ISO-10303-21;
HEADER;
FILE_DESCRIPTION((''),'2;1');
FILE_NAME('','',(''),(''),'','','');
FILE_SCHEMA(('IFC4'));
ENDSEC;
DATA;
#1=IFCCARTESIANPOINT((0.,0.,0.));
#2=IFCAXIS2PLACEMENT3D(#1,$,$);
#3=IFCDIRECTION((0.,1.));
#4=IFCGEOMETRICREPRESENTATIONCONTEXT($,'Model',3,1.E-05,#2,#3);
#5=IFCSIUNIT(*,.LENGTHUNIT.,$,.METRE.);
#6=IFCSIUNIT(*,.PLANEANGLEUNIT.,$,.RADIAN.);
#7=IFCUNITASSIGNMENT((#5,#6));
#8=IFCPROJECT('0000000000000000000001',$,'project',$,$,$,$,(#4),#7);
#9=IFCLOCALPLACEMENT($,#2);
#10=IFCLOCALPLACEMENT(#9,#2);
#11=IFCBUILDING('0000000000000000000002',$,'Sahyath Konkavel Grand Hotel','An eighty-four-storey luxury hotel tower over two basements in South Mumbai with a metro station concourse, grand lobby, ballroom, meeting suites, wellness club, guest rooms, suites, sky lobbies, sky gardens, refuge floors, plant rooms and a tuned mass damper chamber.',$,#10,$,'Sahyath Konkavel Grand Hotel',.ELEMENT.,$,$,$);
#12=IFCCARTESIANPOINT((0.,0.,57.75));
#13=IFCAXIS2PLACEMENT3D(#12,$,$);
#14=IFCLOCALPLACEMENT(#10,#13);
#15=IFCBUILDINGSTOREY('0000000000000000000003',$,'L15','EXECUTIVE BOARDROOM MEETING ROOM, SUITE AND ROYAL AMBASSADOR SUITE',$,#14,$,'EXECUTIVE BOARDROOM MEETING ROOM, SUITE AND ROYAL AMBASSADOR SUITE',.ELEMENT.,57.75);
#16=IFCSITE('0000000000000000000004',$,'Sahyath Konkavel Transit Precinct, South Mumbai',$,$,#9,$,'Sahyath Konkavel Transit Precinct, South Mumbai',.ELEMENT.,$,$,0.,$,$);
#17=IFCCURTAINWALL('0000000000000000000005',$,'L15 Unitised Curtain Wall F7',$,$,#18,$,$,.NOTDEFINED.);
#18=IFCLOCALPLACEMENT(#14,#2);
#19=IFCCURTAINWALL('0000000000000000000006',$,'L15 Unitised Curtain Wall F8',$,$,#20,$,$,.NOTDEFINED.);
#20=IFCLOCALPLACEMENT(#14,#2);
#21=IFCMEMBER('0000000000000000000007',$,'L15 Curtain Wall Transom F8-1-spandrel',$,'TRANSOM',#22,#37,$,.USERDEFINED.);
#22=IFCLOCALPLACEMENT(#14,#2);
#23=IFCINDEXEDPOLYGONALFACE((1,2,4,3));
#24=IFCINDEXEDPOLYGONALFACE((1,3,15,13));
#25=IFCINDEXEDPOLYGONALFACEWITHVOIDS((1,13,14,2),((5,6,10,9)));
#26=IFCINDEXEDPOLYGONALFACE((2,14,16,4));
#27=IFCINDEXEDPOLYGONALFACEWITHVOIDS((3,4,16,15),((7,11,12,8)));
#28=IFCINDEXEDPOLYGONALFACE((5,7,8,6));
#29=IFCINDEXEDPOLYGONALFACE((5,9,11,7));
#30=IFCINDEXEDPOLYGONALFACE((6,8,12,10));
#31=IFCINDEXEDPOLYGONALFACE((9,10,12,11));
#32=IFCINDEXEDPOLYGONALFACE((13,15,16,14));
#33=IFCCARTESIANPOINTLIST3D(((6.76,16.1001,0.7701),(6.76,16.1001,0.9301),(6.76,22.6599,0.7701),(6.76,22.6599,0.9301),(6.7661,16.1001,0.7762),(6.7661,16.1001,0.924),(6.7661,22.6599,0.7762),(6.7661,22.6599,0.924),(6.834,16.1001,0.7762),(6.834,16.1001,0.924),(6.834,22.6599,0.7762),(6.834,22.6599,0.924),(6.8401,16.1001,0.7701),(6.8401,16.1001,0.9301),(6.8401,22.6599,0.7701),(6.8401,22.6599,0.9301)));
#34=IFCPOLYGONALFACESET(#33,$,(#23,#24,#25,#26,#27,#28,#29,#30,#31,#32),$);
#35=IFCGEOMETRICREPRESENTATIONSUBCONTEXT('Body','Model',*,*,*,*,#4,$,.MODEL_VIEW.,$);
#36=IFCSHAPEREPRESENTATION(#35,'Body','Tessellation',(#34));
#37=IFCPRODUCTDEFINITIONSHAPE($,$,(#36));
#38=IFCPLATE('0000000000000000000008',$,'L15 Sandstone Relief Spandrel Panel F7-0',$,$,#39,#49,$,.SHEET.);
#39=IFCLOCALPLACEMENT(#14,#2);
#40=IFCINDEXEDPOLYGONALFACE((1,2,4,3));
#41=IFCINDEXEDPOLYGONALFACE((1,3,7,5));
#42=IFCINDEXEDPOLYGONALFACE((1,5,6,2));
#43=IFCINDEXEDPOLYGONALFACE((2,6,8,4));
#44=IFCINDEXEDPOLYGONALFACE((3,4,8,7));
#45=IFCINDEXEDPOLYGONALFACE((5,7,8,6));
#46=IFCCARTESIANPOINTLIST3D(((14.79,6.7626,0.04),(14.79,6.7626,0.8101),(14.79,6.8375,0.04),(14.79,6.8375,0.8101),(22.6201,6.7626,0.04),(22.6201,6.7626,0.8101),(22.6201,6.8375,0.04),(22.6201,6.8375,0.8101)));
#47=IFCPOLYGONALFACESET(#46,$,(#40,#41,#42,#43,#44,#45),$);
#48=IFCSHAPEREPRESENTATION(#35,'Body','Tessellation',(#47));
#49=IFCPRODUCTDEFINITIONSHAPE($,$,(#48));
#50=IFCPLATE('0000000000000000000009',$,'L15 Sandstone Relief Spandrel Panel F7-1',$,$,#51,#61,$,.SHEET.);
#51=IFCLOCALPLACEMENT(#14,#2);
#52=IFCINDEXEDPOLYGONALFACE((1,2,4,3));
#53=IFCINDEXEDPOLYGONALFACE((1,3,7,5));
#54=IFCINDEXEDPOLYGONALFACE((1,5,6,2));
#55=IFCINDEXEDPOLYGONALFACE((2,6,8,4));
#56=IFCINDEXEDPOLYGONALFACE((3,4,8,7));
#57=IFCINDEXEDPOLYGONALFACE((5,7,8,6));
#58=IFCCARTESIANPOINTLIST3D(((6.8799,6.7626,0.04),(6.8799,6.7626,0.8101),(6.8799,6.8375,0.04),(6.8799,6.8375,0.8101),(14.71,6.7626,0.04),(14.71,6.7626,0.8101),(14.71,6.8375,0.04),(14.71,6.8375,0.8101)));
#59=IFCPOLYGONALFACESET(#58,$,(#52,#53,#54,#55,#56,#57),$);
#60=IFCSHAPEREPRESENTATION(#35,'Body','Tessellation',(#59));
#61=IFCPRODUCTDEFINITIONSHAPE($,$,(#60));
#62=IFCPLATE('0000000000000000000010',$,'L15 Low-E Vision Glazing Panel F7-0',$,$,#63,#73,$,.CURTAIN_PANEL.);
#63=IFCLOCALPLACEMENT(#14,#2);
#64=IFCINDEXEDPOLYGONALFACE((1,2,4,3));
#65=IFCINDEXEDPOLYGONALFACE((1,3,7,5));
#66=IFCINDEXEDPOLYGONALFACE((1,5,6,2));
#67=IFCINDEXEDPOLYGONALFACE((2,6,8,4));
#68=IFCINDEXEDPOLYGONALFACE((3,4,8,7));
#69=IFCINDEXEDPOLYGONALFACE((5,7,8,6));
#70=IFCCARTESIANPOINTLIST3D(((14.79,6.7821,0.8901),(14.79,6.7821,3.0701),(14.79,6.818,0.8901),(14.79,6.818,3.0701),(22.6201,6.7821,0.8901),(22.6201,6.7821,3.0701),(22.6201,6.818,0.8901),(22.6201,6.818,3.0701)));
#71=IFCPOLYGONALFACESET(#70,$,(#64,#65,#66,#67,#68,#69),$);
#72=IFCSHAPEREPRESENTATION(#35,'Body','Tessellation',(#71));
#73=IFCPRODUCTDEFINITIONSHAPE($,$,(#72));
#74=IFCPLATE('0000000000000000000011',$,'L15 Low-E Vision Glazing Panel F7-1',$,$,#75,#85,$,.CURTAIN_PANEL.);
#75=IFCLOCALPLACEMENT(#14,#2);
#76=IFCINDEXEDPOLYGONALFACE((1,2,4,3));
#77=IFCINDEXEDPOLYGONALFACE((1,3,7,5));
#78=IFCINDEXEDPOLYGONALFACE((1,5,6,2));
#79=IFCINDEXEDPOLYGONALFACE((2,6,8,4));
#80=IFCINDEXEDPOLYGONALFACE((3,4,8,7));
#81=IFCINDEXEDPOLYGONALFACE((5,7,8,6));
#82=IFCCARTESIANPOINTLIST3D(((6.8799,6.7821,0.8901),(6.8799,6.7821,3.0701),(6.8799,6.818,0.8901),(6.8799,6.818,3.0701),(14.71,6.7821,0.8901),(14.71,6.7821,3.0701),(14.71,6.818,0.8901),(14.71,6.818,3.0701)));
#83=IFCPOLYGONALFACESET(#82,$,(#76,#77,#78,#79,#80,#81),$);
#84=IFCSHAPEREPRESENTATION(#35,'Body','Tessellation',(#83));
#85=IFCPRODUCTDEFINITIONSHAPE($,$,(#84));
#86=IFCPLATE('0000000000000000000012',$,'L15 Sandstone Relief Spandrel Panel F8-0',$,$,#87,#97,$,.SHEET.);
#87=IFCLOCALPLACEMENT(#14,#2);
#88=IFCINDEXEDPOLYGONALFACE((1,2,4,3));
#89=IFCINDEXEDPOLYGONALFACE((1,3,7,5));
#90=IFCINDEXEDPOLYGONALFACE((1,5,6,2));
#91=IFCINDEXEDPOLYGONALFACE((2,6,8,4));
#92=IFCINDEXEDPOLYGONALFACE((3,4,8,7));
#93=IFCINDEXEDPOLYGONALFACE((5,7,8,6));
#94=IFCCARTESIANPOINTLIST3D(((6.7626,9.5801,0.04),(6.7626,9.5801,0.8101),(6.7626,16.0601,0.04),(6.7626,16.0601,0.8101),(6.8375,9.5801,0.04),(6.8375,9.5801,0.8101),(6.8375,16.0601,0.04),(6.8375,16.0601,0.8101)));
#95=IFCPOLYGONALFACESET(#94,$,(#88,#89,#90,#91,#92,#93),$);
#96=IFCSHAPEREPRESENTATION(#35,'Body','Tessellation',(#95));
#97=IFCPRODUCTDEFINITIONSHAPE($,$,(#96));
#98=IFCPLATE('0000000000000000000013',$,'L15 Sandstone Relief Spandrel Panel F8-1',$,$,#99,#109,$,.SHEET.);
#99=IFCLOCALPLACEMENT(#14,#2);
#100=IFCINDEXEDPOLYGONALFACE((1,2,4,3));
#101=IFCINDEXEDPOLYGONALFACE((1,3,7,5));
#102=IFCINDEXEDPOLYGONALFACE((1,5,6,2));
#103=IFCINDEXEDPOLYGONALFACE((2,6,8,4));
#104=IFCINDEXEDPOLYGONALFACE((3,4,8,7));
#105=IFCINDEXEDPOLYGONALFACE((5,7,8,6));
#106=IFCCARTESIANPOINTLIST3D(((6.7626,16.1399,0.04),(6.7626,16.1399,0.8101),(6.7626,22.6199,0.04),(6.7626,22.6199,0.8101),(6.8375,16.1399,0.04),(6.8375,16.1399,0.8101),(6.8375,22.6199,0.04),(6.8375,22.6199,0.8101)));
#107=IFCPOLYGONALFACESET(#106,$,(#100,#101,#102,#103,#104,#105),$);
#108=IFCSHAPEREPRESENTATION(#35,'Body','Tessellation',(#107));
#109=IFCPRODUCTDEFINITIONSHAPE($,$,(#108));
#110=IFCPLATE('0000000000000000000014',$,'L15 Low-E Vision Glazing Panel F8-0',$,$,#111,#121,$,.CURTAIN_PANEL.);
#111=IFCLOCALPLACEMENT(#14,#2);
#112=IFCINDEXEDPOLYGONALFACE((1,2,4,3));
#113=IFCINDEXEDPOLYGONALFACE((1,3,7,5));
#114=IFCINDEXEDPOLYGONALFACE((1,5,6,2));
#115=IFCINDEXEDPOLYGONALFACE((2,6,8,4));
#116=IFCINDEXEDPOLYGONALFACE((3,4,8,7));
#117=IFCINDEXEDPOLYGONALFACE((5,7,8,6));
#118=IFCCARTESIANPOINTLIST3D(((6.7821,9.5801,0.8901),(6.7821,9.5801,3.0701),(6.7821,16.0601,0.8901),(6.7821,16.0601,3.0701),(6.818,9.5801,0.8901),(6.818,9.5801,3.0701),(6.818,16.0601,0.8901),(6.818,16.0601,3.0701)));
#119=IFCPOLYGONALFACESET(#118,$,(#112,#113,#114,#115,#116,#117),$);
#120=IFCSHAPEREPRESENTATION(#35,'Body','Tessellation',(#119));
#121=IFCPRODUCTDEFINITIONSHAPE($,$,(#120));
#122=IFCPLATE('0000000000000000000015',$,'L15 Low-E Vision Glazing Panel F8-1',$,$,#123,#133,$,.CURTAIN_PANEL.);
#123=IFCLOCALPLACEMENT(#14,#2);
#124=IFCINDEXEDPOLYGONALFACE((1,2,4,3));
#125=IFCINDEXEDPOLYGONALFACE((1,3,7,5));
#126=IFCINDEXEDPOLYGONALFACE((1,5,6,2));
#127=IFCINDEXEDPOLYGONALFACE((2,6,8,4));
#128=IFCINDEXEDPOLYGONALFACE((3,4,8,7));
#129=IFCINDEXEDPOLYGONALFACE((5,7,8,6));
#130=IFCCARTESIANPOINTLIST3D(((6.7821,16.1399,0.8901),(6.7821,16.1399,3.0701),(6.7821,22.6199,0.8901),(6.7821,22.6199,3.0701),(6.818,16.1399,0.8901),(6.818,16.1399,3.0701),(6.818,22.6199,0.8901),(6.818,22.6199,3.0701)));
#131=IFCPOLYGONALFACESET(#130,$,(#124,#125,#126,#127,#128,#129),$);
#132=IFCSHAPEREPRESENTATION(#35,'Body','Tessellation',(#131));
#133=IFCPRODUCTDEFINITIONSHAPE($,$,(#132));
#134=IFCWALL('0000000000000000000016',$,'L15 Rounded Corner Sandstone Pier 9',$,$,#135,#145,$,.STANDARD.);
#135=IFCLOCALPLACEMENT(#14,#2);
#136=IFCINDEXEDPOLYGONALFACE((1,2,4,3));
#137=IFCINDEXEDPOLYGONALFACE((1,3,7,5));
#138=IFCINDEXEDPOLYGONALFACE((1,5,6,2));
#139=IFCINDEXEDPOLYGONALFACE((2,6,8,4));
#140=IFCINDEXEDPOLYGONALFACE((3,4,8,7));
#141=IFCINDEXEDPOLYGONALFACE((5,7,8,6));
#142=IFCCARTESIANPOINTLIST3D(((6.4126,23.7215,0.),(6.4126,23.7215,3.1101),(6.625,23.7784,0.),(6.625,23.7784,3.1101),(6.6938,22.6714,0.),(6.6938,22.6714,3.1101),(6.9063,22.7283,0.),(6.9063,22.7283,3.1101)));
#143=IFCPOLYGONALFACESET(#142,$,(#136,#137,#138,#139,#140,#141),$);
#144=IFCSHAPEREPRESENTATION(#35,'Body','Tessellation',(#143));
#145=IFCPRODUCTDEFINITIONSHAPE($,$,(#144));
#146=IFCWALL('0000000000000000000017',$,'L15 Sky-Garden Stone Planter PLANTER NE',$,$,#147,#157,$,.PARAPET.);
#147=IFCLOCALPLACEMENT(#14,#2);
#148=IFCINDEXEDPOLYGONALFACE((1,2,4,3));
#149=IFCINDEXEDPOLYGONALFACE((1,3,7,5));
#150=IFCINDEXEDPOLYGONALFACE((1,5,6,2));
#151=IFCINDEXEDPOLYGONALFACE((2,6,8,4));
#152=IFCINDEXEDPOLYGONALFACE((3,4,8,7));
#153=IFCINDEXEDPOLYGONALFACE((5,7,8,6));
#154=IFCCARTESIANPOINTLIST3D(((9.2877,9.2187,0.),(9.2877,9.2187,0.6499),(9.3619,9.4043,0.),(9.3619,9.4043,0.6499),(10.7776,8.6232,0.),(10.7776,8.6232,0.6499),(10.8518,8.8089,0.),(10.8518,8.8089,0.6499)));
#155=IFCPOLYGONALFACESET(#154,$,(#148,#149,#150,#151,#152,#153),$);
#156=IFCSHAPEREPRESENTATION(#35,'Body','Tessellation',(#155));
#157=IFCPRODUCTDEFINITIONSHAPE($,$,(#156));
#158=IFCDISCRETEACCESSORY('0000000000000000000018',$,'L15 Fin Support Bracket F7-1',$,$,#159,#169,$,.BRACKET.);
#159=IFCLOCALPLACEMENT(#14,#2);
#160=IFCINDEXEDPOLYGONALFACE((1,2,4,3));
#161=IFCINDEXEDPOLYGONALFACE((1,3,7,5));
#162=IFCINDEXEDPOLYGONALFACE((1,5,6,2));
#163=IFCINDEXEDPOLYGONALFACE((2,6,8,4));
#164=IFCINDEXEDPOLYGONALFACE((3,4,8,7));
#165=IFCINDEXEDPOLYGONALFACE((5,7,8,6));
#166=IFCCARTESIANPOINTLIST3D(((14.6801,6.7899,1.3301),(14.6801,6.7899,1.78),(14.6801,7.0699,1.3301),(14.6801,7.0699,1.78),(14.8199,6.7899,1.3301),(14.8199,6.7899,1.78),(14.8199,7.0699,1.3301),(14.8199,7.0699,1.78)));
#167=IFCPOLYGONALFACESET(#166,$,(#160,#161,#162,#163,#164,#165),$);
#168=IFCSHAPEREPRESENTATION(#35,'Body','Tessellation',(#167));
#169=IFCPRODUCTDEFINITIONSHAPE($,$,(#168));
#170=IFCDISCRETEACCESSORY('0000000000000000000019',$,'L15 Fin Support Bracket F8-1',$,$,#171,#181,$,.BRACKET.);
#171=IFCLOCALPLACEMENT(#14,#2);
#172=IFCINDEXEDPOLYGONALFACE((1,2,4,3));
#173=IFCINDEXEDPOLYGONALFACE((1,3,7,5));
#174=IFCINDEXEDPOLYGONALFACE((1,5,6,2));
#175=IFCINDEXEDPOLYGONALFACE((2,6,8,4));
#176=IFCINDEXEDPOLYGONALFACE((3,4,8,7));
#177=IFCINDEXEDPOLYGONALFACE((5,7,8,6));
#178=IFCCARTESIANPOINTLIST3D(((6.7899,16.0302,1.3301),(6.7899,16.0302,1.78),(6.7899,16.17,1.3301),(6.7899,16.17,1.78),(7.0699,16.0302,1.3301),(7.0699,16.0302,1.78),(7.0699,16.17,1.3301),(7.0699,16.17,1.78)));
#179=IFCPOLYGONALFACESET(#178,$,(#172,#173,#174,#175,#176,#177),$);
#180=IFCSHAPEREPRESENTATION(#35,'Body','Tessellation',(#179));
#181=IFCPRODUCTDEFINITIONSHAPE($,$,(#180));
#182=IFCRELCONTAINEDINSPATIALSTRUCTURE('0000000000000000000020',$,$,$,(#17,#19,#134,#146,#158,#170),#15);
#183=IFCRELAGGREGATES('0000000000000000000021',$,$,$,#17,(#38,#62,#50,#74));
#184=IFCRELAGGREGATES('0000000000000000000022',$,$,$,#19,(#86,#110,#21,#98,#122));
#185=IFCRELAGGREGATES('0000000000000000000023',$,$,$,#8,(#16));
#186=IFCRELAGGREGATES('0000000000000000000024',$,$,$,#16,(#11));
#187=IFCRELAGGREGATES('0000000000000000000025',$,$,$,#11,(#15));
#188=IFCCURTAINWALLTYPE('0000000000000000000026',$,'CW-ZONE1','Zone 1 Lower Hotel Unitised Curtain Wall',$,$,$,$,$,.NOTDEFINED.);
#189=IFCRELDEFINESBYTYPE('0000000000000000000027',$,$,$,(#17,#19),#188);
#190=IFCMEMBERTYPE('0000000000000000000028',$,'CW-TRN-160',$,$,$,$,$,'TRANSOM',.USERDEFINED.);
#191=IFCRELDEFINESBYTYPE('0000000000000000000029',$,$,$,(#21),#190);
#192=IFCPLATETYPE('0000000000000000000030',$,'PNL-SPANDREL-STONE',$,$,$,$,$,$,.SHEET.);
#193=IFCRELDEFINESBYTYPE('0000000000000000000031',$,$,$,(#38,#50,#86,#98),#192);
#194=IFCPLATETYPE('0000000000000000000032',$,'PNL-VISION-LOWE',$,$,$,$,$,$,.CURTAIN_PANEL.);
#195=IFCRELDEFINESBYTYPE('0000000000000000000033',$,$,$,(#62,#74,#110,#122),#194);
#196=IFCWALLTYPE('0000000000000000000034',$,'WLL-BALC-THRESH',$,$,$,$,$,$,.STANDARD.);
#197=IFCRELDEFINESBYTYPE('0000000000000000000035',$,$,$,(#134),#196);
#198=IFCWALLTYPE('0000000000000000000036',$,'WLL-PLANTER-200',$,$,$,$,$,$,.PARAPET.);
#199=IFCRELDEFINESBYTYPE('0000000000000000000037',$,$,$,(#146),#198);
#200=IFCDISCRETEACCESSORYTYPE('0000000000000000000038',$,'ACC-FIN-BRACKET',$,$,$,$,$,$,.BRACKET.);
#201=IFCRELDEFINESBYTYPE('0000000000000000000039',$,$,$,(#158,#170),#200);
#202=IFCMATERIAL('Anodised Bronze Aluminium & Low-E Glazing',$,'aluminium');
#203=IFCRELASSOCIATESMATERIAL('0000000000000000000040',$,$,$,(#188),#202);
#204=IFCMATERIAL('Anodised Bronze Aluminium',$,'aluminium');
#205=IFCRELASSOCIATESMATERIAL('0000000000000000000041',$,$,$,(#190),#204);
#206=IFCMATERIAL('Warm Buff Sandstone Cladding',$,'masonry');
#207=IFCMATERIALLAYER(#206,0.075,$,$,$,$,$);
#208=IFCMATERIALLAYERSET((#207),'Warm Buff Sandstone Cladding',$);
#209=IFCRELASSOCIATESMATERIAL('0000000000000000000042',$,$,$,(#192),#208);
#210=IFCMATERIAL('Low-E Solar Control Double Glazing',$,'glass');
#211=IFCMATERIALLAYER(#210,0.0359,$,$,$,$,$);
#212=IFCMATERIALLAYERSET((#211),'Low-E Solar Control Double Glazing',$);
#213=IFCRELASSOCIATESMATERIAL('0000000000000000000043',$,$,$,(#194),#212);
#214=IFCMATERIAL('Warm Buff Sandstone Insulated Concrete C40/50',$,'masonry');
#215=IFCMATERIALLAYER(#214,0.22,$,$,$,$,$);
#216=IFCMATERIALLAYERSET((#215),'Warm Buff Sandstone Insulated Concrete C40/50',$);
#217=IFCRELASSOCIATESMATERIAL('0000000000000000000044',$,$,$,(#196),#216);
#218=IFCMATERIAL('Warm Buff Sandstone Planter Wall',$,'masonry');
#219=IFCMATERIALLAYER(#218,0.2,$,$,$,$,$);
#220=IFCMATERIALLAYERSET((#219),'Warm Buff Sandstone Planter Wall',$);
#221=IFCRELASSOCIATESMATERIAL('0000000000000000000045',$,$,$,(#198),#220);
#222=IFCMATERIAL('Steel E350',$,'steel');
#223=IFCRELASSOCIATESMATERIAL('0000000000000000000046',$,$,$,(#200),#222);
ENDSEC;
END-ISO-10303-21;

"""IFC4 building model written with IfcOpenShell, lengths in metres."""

from ifc_helpers import new_model, si_unit, direction, frame, frame_2d, origin, origin_2d, place, context, subcontext, project, spatial, rectangle, hollow_rectangle, extrude, source, transform, mapped, material, layer, layer_set, material_profile, profile_set, type_object, element, aggregate, save


model = new_model("IFC4")

# Units and contexts
model_context = context("Model", 3, precision=1e-05, world=origin(), true_north=direction((0.0, 1.0)))
body_context = subcontext(model_context, "Body", "Model", "MODEL_VIEW")
ifc_project = project(units=[si_unit("LENGTHUNIT", "METRE"), si_unit("PLANEANGLEUNIT", "RADIAN")], contexts=[model_context])

# Site, building, storey
site_placement = place(None, origin())
site = spatial("IfcSite", under=ifc_project, at=site_placement, Name="Sahyath Konkavel Transit Precinct, South Mumbai", LongName="Sahyath Konkavel Transit Precinct, South Mumbai", CompositionType="ELEMENT", RefElevation=0.0)
building_placement = place(site_placement, origin())
building = spatial("IfcBuilding", under=site, at=building_placement, Name="Sahyath Konkavel Grand Hotel", Description="An eighty-four-storey luxury hotel tower over two basements in South Mumbai with a metro station concourse, grand lobby, ballroom, meeting suites, wellness club, guest rooms, suites, sky lobbies, sky gardens, refuge floors, plant rooms and a tuned mass damper chamber.", LongName="Sahyath Konkavel Grand Hotel", CompositionType="ELEMENT")
storey_placement = place(building_placement, frame((0.0, 0.0, 57.75)))
storey = spatial("IfcBuildingStorey", under=building, at=storey_placement, Name="L15", Description="EXECUTIVE BOARDROOM MEETING ROOM, SUITE AND ROYAL AMBASSADOR SUITE", LongName="EXECUTIVE BOARDROOM MEETING ROOM, SUITE AND ROYAL AMBASSADOR SUITE", CompositionType="ELEMENT", Elevation=57.75)

# Curtain walls
ifc_material_1 = material(Name="Anodised Bronze Aluminium & Low-E Glazing", Category="aluminium")
curtain_wall_type = type_object("IfcCurtainWallType", Name="CW-ZONE1", Description="Zone 1 Lower Hotel Unitised Curtain Wall", PredefinedType="NOTDEFINED", material=ifc_material_1)
curtain_wall_1_placement = place(storey_placement, origin())
curtain_wall_1 = element("IfcCurtainWall", 1, at=curtain_wall_1_placement, inside=storey, type_object=curtain_wall_type, Name="L15 Unitised Curtain Wall F7", PredefinedType="NOTDEFINED")
curtain_wall_2_placement = place(storey_placement, origin())
curtain_wall_2 = element("IfcCurtainWall", 2, at=curtain_wall_2_placement, inside=storey, type_object=curtain_wall_type, Name="L15 Unitised Curtain Wall F8", PredefinedType="NOTDEFINED")

# Member
ifc_material_2 = material(Name="Anodised Bronze Aluminium", Category="aluminium")
ifc_material_profile_1 = material_profile(ifc_material_2, hollow_rectangle(XDim=0.0801, YDim=0.1599, WallThickness=0.0061, at=origin_2d()), Name="RHS 160x80x6")
ifc_profile_set_1 = profile_set([ifc_material_profile_1], Name="Anodised Bronze Aluminium")
member_type_1 = type_object("IfcMemberType", Name="CW-TRN-160", ElementType="TRANSOM", PredefinedType="USERDEFINED", material=ifc_profile_set_1)
shared_shape_1 = source(origin(), body_context, "Body", "SweptSolid", [
    extrude(hollow_rectangle(XDim=0.0801, YDim=0.1599, WallThickness=0.0061, at=origin_2d()), origin(), (0.0, 0.0, 1.0), 6.5598),
])
member_1_placement = place(storey_placement, frame((6.8, 16.1001, 0.8501), z_axis=(0.0, 1.0, 0.0), x_axis=(-1.0, 0.0, 0.0)))
member_1 = element("IfcMember", 3, at=member_1_placement, type_object=member_type_1, Name="L15 Curtain Wall Transom F8-1-spandrel", ObjectType="TRANSOM", PredefinedType="USERDEFINED", context=body_context, shape_type="MappedRepresentation", body=[
    mapped(shared_shape_1, transform((0.0, 0.0, 0.0), scale=1.0)),
])

# Plates
ifc_material_3 = material(Name="Warm Buff Sandstone Cladding", Category="masonry")
ifc_layer_1 = layer(ifc_material_3, 0.075)
ifc_layer_set_1 = layer_set([ifc_layer_1], Name="Warm Buff Sandstone Cladding")
plate_type_1 = type_object("IfcPlateType", Name="PNL-SPANDREL-STONE", PredefinedType="SHEET", material=ifc_layer_set_1)
shared_shape_2 = source(origin(), body_context, "Body", "SweptSolid", [
    extrude(rectangle(XDim=7.8301, YDim=0.075, at=origin_2d()), origin(), (0.0, 0.0, 1.0), 0.77),
])
plate_1_placement = place(storey_placement, frame((18.7051, 6.8, 0.04), z_axis=(0.0, 0.0, 1.0), x_axis=(-1.0, 0.0, 0.0)))
plate_1 = element("IfcPlate", 4, at=plate_1_placement, type_object=plate_type_1, Name="L15 Sandstone Relief Spandrel Panel F7-0", PredefinedType="SHEET", context=body_context, shape_type="MappedRepresentation", body=[
    mapped(shared_shape_2, transform((0.0, 0.0, 0.0), scale=1.0)),
])
plate_2_placement = place(storey_placement, frame((10.7949, 6.8, 0.04), z_axis=(0.0, 0.0, 1.0), x_axis=(-1.0, 0.0, 0.0)))
plate_2 = element("IfcPlate", 5, at=plate_2_placement, type_object=plate_type_1, Name="L15 Sandstone Relief Spandrel Panel F7-1", PredefinedType="SHEET", context=body_context, shape_type="MappedRepresentation", body=[
    mapped(shared_shape_2, transform((0.0, 0.0, 0.0), scale=1.0)),
])
ifc_material_4 = material(Name="Low-E Solar Control Double Glazing", Category="glass")
ifc_layer_2 = layer(ifc_material_4, 0.0359)
ifc_layer_set_2 = layer_set([ifc_layer_2], Name="Low-E Solar Control Double Glazing")
plate_type_2 = type_object("IfcPlateType", Name="PNL-VISION-LOWE", PredefinedType="CURTAIN_PANEL", material=ifc_layer_set_2)
shared_shape_3 = source(origin(), body_context, "Body", "SweptSolid", [
    extrude(rectangle(XDim=7.8301, YDim=0.0359, at=origin_2d()), origin(), (0.0, 0.0, 1.0), 2.1799),
])
plate_3_placement = place(storey_placement, frame((18.7051, 6.8, 0.8901), z_axis=(0.0, 0.0, 1.0), x_axis=(-1.0, 0.0, 0.0)))
plate_3 = element("IfcPlate", 6, at=plate_3_placement, type_object=plate_type_2, Name="L15 Low-E Vision Glazing Panel F7-0", PredefinedType="CURTAIN_PANEL", context=body_context, shape_type="MappedRepresentation", body=[
    mapped(shared_shape_3, transform((0.0, 0.0, 0.0), scale=1.0)),
])
plate_4_placement = place(storey_placement, frame((10.7949, 6.8, 0.8901), z_axis=(0.0, 0.0, 1.0), x_axis=(-1.0, 0.0, 0.0)))
plate_4 = element("IfcPlate", 7, at=plate_4_placement, type_object=plate_type_2, Name="L15 Low-E Vision Glazing Panel F7-1", PredefinedType="CURTAIN_PANEL", context=body_context, shape_type="MappedRepresentation", body=[
    mapped(shared_shape_3, transform((0.0, 0.0, 0.0), scale=1.0)),
])
aggregate(curtain_wall_1, [plate_1, plate_3, plate_2, plate_4])
shared_shape_4 = source(origin(), body_context, "Body", "SweptSolid", [
    extrude(rectangle(XDim=6.48, YDim=0.075, at=origin_2d()), origin(), (0.0, 0.0, 1.0), 0.77),
])
plate_5_placement = place(storey_placement, frame((6.8, 12.8201, 0.04), z_axis=(0.0, 0.0, 1.0), x_axis=(0.0, 1.0, 0.0)))
plate_5 = element("IfcPlate", 8, at=plate_5_placement, type_object=plate_type_1, Name="L15 Sandstone Relief Spandrel Panel F8-0", PredefinedType="SHEET", context=body_context, shape_type="MappedRepresentation", body=[
    mapped(shared_shape_4, transform((0.0, 0.0, 0.0), scale=1.0)),
])
plate_6_placement = place(storey_placement, frame((6.8, 19.3799, 0.04), z_axis=(0.0, 0.0, 1.0), x_axis=(0.0, 1.0, 0.0)))
plate_6 = element("IfcPlate", 9, at=plate_6_placement, type_object=plate_type_1, Name="L15 Sandstone Relief Spandrel Panel F8-1", PredefinedType="SHEET", context=body_context, shape_type="MappedRepresentation", body=[
    mapped(shared_shape_4, transform((0.0, 0.0, 0.0), scale=1.0)),
])
shared_shape_5 = source(origin(), body_context, "Body", "SweptSolid", [
    extrude(rectangle(XDim=6.48, YDim=0.0359, at=origin_2d()), origin(), (0.0, 0.0, 1.0), 2.1799),
])
plate_7_placement = place(storey_placement, frame((6.8, 12.8201, 0.8901), z_axis=(0.0, 0.0, 1.0), x_axis=(0.0, 1.0, 0.0)))
plate_7 = element("IfcPlate", 10, at=plate_7_placement, type_object=plate_type_2, Name="L15 Low-E Vision Glazing Panel F8-0", PredefinedType="CURTAIN_PANEL", context=body_context, shape_type="MappedRepresentation", body=[
    mapped(shared_shape_5, transform((0.0, 0.0, 0.0), scale=1.0)),
])
plate_8_placement = place(storey_placement, frame((6.8, 19.3799, 0.8901), z_axis=(0.0, 0.0, 1.0), x_axis=(0.0, 1.0, 0.0)))
plate_8 = element("IfcPlate", 11, at=plate_8_placement, type_object=plate_type_2, Name="L15 Low-E Vision Glazing Panel F8-1", PredefinedType="CURTAIN_PANEL", context=body_context, shape_type="MappedRepresentation", body=[
    mapped(shared_shape_5, transform((0.0, 0.0, 0.0), scale=1.0)),
])
aggregate(curtain_wall_2, [plate_5, plate_7, member_1, plate_6, plate_8])

# Walls
ifc_material_5 = material(Name="Warm Buff Sandstone Insulated Concrete C40/50", Category="masonry")
ifc_layer_3 = layer(ifc_material_5, 0.22)
ifc_layer_set_3 = layer_set([ifc_layer_3], Name="Warm Buff Sandstone Insulated Concrete C40/50")
wall_type_1 = type_object("IfcWallType", Name="WLL-BALC-THRESH", PredefinedType="STANDARD", material=ifc_layer_set_3)
wall_1_placement = place(storey_placement, frame((6.8, 22.7, 0.0), z_axis=(0.0, 0.0, 1.0), x_axis=(-0.258725, 0.965951, 0.0)))
element("IfcWall", 12, at=wall_1_placement, inside=storey, type_object=wall_type_1, Name="L15 Rounded Corner Sandstone Pier 9", PredefinedType="STANDARD", context=body_context, shape_type="SweptSolid", body=[
    extrude(rectangle(XDim=1.0872, YDim=0.22, at=frame_2d((0.5435, 0.0))), origin(), (0.0, 0.0, 1.0), 3.1101),
])
ifc_material_6 = material(Name="Warm Buff Sandstone Planter Wall", Category="masonry")
ifc_layer_4 = layer(ifc_material_6, 0.2)
ifc_layer_set_4 = layer_set([ifc_layer_4], Name="Warm Buff Sandstone Planter Wall")
wall_type_2 = type_object("IfcWallType", Name="WLL-PLANTER-200", PredefinedType="PARAPET", material=ifc_layer_set_4)
wall_2_placement = place(storey_placement, frame((10.8147, 8.7161, 0.0), z_axis=(0.0, 0.0, 1.0), x_axis=(-0.928592, 0.371102, 0.0)))
element("IfcWall", 13, at=wall_2_placement, inside=storey, type_object=wall_type_2, Name="L15 Sky-Garden Stone Planter PLANTER NE", PredefinedType="PARAPET", context=body_context, shape_type="SweptSolid", body=[
    extrude(rectangle(XDim=1.6045, YDim=0.2, at=frame_2d((0.8022, 0.0))), origin(), (0.0, 0.0, 1.0), 0.6499),
])

# Discrete accessories
ifc_material_7 = material(Name="Steel E350", Category="steel")
discrete_accessory_type = type_object("IfcDiscreteAccessoryType", Name="ACC-FIN-BRACKET", PredefinedType="BRACKET", material=ifc_material_7)
shared_shape_6 = source(origin(), body_context, "Body", "SweptSolid", [
    extrude(rectangle(XDim=0.28, YDim=0.1399, at=origin_2d()), origin(), (0.0, 0.0, 1.0), 0.45),
])
for number, where, z_axis, x_axis, name in (
    (14, (14.75, 6.9299, 1.3301), (0.0, 0.0, 1.0), (0.0, 1.0, 0.0), "L15 Fin Support Bracket F7-1"),
    (15, (6.9299, 16.1001, 1.3301), (0.0, 0.0, 1.0), (1.0, 0.0, 0.0), "L15 Fin Support Bracket F8-1"),
):
    element("IfcDiscreteAccessory", number, at=place(storey_placement, frame(where, z_axis=z_axis, x_axis=x_axis)), inside=storey, type_object=discrete_accessory_type, Name=name, PredefinedType="BRACKET", context=body_context, shape_type="MappedRepresentation", body=[
        mapped(shared_shape_6, transform((0.0, 0.0, 0.0), scale=1.0)),
    ])

save(model, "model.ifc")
